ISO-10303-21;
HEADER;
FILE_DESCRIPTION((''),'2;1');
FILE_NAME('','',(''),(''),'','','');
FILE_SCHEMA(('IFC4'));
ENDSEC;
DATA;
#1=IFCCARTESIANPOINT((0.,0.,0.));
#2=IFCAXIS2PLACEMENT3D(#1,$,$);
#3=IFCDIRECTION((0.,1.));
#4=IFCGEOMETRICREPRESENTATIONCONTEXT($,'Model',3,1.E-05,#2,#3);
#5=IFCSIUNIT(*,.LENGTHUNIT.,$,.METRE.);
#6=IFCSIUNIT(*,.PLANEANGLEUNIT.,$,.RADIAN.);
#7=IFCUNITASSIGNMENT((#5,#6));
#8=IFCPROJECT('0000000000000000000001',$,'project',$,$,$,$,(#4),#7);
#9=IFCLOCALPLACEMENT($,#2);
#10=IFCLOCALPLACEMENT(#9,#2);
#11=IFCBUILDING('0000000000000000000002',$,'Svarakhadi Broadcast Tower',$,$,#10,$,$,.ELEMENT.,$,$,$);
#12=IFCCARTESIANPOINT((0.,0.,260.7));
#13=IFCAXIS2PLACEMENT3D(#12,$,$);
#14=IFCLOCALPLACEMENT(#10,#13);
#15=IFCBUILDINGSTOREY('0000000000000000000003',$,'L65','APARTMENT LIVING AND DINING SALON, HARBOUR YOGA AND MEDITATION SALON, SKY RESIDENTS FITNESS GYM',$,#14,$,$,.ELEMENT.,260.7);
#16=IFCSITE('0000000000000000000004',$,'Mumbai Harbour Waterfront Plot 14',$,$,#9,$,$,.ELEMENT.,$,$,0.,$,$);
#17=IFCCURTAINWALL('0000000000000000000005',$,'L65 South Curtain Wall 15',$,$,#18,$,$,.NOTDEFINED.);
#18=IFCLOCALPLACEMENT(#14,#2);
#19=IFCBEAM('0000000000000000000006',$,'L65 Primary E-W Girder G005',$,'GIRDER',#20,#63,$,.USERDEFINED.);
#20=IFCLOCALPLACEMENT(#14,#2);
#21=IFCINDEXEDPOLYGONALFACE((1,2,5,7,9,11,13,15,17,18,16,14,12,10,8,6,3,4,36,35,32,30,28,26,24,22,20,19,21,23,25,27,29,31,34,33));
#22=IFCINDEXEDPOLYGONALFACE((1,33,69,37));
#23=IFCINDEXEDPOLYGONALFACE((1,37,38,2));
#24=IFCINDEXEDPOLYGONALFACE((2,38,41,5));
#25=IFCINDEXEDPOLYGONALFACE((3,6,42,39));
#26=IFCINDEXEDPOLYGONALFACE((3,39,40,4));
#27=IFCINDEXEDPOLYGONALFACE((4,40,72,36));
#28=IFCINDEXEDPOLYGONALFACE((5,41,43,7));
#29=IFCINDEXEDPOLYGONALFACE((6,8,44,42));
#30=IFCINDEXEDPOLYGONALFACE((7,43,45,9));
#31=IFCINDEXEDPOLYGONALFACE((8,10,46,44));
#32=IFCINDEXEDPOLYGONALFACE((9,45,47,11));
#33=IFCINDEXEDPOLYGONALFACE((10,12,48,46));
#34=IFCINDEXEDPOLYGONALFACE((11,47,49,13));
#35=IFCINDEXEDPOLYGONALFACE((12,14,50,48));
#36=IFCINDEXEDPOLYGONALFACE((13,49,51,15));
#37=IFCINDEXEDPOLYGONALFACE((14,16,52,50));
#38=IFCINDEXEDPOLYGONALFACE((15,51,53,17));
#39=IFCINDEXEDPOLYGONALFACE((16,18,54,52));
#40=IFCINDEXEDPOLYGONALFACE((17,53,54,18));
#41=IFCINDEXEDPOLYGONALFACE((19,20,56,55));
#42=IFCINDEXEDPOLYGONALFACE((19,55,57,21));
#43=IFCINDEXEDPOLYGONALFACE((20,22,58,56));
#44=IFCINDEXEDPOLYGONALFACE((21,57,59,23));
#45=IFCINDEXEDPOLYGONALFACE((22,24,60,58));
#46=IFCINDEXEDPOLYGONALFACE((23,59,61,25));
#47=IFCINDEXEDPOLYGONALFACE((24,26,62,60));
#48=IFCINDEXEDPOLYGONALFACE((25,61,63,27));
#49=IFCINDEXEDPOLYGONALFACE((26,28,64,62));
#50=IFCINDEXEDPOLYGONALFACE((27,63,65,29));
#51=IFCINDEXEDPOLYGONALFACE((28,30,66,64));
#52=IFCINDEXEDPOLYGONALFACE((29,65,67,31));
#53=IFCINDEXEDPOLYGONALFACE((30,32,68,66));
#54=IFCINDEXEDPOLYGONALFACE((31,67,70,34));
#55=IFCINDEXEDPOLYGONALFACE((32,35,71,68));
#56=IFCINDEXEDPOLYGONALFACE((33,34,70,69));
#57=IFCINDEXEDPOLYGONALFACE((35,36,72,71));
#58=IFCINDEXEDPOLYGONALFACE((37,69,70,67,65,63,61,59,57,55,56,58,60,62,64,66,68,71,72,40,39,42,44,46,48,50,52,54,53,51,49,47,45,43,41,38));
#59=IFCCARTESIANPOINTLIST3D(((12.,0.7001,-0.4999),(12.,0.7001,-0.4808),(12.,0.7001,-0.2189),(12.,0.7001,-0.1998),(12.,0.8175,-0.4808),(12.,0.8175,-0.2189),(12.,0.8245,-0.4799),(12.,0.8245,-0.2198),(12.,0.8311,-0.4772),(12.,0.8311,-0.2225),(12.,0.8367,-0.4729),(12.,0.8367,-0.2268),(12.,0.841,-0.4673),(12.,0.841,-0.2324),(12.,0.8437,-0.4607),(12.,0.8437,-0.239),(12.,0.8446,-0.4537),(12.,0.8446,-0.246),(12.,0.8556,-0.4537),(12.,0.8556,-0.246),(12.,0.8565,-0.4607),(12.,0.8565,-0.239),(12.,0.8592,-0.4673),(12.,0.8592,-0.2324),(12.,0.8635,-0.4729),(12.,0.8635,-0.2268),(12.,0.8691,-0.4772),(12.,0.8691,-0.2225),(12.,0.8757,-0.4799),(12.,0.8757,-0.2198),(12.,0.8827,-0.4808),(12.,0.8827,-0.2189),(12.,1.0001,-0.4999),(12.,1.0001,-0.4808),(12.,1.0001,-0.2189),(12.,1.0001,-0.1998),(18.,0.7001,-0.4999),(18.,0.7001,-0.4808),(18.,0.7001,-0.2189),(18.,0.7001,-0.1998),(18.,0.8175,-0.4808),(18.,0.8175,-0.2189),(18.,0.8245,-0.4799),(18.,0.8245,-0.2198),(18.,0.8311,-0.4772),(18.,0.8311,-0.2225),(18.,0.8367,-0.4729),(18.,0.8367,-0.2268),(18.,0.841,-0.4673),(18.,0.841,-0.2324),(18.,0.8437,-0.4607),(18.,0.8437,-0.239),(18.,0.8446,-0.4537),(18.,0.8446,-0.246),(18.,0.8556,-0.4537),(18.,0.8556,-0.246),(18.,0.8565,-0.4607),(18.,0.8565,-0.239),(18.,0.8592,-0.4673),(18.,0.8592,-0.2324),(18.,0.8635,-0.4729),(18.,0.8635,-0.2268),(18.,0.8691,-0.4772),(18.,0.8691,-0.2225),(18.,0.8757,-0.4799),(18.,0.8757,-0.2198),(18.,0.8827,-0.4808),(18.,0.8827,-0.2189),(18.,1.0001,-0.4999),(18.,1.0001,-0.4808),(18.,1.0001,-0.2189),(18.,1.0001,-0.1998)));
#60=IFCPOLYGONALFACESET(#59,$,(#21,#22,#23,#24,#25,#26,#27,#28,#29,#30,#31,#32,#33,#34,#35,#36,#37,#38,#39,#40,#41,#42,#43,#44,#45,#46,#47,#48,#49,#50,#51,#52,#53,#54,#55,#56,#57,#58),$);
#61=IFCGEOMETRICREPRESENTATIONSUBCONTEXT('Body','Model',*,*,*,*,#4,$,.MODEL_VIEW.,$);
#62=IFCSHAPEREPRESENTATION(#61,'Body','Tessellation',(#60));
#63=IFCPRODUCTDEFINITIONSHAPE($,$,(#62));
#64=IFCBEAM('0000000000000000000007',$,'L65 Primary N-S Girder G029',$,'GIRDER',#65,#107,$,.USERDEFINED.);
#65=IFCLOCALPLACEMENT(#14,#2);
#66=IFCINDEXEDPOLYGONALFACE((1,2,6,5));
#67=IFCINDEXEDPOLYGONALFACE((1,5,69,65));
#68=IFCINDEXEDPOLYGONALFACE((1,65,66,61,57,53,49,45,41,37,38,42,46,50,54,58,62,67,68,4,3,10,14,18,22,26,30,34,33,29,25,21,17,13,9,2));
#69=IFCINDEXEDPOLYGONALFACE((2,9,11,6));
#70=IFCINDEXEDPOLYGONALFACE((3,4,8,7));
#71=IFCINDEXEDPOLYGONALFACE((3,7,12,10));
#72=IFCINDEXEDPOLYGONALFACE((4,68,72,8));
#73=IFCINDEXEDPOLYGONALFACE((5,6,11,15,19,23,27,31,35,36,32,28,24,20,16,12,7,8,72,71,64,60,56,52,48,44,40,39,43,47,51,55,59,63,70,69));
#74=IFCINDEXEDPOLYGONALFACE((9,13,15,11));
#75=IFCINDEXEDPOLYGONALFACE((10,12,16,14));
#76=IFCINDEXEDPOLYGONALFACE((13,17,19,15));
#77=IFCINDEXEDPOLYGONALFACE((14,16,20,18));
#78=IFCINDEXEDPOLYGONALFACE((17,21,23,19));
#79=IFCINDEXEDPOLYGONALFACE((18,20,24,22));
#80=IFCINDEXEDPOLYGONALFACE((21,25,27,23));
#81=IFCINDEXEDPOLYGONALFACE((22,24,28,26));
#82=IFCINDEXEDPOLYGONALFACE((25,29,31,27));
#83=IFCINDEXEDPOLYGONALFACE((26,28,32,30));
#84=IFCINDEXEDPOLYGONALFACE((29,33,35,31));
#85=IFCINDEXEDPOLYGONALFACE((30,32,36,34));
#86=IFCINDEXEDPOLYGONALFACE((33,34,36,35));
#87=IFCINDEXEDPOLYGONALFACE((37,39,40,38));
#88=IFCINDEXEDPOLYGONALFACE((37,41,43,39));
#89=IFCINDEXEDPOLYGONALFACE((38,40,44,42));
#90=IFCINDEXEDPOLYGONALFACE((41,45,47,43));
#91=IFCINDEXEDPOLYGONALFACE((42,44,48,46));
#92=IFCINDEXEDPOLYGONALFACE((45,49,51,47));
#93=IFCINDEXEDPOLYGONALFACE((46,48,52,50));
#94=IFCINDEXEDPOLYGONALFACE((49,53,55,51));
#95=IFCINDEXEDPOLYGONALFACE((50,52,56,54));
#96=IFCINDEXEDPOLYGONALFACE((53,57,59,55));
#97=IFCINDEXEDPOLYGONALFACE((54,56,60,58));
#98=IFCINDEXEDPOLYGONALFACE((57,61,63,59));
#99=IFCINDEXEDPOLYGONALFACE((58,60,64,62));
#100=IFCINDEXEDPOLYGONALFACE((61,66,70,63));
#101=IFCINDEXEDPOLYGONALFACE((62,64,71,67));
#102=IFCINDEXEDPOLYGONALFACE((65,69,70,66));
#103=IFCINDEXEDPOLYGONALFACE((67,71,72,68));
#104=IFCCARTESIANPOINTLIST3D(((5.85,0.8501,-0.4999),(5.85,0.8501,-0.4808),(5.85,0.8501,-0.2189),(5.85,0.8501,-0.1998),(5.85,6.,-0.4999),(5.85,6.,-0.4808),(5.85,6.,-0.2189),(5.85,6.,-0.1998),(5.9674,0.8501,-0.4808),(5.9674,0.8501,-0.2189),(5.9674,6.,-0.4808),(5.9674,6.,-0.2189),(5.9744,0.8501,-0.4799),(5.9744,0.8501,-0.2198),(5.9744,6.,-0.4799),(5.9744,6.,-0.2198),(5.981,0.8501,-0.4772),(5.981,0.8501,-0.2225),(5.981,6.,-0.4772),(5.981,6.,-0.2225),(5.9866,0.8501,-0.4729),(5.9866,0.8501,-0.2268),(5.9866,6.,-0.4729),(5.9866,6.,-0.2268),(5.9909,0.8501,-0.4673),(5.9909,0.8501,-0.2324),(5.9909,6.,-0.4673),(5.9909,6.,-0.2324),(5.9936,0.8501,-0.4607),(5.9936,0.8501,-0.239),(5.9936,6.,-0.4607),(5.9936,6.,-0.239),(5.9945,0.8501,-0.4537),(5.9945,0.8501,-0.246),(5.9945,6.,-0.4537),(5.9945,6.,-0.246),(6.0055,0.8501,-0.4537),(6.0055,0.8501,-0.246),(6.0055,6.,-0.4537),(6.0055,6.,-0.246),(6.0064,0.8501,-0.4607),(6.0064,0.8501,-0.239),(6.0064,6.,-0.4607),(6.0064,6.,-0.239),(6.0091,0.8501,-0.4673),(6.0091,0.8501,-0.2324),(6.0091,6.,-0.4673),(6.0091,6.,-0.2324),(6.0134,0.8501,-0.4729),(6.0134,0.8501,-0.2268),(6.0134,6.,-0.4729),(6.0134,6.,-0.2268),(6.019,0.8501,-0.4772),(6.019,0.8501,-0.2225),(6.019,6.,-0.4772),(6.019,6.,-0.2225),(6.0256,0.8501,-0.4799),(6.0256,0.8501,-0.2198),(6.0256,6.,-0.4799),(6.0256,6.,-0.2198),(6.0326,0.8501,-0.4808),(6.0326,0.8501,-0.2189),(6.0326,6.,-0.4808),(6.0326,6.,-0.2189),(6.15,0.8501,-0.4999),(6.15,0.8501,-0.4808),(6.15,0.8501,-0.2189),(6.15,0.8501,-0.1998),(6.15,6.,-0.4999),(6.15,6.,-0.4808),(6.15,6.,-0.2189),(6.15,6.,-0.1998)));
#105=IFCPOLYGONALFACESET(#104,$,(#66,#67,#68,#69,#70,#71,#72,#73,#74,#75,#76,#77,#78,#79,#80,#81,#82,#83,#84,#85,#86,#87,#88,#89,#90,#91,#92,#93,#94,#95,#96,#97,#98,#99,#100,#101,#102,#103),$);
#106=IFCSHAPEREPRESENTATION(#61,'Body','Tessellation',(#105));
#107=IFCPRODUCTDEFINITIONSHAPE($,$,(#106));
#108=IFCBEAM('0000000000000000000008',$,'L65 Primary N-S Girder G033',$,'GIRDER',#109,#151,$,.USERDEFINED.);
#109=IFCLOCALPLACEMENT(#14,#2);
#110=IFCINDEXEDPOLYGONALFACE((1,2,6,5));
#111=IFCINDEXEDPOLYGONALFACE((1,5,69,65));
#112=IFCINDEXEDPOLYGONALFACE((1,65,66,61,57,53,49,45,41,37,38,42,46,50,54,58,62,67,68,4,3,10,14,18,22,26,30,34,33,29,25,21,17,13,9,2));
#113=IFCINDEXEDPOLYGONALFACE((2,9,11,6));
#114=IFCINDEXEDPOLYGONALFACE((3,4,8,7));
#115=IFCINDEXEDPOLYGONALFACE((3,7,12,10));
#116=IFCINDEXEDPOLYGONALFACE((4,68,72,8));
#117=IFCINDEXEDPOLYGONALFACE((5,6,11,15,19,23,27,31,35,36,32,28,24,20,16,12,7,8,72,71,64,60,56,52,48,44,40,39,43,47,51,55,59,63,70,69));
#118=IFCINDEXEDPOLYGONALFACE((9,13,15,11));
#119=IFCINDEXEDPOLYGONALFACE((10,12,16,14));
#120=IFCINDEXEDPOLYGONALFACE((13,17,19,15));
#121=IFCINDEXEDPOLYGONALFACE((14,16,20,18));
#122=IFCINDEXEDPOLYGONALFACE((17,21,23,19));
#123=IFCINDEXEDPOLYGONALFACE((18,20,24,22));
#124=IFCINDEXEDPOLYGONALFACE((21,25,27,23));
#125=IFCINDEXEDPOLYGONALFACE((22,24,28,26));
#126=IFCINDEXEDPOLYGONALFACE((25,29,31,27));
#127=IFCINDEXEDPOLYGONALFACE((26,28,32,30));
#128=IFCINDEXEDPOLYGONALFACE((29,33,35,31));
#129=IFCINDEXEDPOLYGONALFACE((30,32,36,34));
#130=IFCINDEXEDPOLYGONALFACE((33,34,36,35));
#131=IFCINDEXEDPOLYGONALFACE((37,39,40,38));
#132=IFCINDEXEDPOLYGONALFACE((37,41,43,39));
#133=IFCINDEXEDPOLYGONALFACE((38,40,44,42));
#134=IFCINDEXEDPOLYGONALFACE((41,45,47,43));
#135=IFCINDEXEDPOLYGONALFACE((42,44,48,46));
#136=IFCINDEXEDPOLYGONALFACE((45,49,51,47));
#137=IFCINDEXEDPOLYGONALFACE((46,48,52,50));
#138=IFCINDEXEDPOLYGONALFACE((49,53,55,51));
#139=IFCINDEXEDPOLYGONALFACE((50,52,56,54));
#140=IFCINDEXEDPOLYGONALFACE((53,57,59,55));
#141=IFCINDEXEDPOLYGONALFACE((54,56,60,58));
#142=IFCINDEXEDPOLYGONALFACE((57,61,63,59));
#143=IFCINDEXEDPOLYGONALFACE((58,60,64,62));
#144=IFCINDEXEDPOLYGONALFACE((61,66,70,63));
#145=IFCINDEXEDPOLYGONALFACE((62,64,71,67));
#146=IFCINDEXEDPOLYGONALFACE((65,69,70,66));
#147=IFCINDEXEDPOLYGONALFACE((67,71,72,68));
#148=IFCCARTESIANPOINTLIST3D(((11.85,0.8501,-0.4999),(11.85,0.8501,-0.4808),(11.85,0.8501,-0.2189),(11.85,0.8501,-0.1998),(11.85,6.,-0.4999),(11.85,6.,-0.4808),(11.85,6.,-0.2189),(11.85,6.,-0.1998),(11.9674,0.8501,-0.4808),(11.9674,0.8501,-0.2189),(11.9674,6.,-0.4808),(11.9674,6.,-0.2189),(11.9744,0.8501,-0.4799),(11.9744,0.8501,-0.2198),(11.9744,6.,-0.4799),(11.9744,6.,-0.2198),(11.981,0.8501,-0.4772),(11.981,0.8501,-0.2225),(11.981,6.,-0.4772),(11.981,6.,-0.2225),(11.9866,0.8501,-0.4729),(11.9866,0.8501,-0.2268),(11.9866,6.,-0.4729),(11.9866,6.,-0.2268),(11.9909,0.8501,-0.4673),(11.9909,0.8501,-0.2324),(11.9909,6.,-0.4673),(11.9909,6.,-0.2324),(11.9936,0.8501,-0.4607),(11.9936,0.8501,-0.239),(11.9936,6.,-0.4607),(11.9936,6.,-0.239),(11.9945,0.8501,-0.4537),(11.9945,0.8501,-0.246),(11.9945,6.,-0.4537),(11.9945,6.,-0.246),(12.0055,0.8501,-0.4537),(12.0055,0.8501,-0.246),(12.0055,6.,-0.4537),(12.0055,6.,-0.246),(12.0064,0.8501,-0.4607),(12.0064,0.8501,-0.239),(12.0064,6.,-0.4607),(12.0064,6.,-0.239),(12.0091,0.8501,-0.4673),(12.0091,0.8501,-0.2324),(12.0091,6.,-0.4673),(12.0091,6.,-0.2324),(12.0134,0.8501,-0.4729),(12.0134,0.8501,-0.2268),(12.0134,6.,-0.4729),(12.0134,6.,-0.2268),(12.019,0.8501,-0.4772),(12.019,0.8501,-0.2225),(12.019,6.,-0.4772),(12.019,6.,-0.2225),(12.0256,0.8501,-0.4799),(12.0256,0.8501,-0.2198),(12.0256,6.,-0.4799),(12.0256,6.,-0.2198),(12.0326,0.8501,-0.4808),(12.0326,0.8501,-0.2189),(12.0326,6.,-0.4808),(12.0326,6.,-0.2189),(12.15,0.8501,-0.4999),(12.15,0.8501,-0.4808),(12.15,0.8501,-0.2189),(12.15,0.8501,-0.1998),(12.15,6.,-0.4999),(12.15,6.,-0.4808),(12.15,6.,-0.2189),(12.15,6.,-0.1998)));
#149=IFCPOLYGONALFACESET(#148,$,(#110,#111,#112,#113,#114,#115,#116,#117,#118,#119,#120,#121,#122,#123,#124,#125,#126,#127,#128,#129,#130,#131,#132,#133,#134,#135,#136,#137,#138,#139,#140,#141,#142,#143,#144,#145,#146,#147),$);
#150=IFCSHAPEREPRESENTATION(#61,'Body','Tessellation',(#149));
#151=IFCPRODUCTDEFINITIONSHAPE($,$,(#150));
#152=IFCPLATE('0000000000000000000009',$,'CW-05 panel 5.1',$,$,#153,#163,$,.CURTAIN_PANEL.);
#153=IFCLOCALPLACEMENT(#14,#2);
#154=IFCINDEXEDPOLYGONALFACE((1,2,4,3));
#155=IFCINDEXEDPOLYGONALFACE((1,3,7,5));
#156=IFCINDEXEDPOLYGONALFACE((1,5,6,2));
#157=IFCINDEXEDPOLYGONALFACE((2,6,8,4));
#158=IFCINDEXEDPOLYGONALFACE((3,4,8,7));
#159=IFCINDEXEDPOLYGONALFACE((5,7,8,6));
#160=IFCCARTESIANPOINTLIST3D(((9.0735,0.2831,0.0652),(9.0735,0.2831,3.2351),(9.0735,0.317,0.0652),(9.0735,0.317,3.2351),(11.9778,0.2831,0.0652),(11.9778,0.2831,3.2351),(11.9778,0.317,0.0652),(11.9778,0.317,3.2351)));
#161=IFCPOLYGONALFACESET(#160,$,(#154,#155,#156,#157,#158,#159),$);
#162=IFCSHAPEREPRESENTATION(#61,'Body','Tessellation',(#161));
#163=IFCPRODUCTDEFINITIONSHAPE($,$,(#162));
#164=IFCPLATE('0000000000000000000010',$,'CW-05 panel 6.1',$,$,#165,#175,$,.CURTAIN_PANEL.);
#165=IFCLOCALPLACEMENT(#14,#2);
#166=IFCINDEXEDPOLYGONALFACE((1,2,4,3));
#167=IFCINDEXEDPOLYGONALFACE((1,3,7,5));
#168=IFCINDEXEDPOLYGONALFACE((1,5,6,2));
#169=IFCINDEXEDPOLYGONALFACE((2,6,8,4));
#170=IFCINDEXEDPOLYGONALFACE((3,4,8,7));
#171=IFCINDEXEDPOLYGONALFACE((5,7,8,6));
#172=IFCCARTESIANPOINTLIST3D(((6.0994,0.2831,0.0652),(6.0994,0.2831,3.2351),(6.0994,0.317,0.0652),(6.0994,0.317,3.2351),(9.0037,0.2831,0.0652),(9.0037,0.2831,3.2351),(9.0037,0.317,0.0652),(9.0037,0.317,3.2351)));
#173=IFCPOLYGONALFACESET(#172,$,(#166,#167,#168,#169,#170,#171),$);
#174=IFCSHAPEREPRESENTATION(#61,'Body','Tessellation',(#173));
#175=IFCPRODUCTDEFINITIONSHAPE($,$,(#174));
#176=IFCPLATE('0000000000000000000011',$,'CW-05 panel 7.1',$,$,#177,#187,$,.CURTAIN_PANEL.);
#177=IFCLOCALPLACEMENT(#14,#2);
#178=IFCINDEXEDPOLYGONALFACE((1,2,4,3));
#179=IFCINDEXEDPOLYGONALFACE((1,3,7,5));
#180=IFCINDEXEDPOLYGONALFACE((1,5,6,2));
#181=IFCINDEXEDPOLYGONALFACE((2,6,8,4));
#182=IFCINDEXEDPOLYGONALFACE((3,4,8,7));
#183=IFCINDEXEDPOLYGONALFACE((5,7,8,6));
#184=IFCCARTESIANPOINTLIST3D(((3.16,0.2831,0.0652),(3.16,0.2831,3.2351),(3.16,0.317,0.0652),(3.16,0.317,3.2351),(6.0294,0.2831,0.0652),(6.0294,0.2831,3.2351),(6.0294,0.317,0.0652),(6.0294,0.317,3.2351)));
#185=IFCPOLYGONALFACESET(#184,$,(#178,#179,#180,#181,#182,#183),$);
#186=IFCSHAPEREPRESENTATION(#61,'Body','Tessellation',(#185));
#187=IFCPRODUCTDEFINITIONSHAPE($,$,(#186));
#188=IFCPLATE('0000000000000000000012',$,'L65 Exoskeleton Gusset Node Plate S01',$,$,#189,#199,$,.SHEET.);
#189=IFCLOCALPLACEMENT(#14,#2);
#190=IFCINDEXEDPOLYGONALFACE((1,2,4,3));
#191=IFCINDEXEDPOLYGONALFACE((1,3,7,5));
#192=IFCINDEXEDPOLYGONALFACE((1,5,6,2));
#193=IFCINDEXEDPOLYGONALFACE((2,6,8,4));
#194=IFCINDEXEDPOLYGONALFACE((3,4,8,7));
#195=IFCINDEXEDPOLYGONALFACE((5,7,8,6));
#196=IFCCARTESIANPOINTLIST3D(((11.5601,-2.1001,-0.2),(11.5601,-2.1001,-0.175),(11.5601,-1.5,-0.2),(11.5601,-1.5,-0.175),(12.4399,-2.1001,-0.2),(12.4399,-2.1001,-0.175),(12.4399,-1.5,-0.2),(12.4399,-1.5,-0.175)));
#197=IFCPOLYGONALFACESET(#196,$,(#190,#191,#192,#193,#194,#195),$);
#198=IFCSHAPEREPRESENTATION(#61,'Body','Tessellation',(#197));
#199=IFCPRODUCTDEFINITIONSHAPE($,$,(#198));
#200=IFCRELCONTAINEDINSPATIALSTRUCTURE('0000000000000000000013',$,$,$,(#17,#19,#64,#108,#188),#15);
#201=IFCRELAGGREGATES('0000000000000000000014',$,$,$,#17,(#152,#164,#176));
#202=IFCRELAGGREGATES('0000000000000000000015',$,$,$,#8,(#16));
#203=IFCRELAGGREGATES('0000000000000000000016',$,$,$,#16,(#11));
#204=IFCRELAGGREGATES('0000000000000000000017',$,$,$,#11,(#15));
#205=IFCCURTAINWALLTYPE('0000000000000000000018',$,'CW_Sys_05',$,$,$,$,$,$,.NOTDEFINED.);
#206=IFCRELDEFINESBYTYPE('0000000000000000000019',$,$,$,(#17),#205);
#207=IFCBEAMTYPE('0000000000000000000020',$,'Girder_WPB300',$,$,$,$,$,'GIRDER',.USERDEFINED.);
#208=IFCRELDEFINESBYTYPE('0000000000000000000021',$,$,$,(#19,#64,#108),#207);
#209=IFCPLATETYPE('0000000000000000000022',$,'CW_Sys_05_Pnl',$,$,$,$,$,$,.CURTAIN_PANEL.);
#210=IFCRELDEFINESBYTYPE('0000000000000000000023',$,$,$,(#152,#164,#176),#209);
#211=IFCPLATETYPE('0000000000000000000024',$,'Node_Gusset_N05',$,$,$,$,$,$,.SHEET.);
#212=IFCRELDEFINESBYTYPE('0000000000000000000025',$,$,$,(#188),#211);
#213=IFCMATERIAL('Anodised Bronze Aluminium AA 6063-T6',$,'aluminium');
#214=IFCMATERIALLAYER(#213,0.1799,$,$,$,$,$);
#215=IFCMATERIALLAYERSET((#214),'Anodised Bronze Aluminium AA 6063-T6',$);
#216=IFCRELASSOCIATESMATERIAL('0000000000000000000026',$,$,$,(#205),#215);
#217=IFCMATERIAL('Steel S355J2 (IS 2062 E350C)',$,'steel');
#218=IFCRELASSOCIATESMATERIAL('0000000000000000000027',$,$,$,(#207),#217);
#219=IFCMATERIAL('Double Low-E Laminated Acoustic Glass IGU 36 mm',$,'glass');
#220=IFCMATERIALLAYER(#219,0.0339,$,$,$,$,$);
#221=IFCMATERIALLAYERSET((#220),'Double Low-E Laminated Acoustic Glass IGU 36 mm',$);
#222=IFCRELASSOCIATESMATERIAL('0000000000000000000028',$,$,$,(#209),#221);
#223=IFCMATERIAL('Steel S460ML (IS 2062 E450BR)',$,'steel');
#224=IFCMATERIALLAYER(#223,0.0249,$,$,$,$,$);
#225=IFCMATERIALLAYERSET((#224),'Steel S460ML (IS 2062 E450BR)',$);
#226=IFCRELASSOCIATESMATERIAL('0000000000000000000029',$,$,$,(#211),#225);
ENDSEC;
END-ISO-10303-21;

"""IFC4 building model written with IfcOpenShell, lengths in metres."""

from ifc_helpers import new_model, si_unit, direction, frame, origin, origin_2d, place, context, subcontext, project, spatial, rectangle, i_section, extrude, material, layer, layer_set, material_profile, profile_set, type_object, element, aggregate, save


model = new_model("IFC4")

# Units and contexts
model_context = context("Model", 3, precision=1e-05, world=origin(), true_north=direction((0.0, 1.0)))
body_context = subcontext(model_context, "Body", "Model", "MODEL_VIEW")
ifc_project = project(units=[si_unit("LENGTHUNIT", "METRE"), si_unit("PLANEANGLEUNIT", "RADIAN")], contexts=[model_context])

# Site, building, storey
site_placement = place(None, origin())
site = spatial("IfcSite", under=ifc_project, at=site_placement, Name="Mumbai Harbour Waterfront Plot 14", CompositionType="ELEMENT", RefElevation=0.0)
building_placement = place(site_placement, origin())
building = spatial("IfcBuilding", under=site, at=building_placement, Name="Svarakhadi Broadcast Tower", CompositionType="ELEMENT")
storey_placement = place(building_placement, frame((0.0, 0.0, 260.7)))
storey = spatial("IfcBuildingStorey", under=building, at=storey_placement, Name="L65", Description="APARTMENT LIVING AND DINING SALON, HARBOUR YOGA AND MEDITATION SALON, SKY RESIDENTS FITNESS GYM", CompositionType="ELEMENT", Elevation=260.7)

# Shared definitions
ifc_material_1 = material(Name="Steel S460ML (IS 2062 E450BR)", Category="steel")

# Curtain wall
ifc_material_2 = material(Name="Anodised Bronze Aluminium AA 6063-T6", Category="aluminium")
ifc_layer_1 = layer(ifc_material_2, 0.1799)
ifc_layer_set_1 = layer_set([ifc_layer_1], Name="Anodised Bronze Aluminium AA 6063-T6")
curtain_wall_type = type_object("IfcCurtainWallType", Name="CW_Sys_05", PredefinedType="NOTDEFINED", material=ifc_layer_set_1)
curtain_wall_placement = place(storey_placement, origin())
curtain_wall = element("IfcCurtainWall", 1, at=curtain_wall_placement, inside=storey, type_object=curtain_wall_type, Name="L65 South Curtain Wall 15", PredefinedType="NOTDEFINED")

# Beams
ifc_material_3 = material(Name="Steel S355J2 (IS 2062 E350C)", Category="steel")
ifc_material_profile_1 = material_profile(ifc_material_3, i_section(OverallWidth=0.3, OverallDepth=0.3, WebThickness=0.011, FlangeThickness=0.019, FilletRadius=0.0271, at=origin_2d()), Name="WPB 300x300x117")
ifc_profile_set_1 = profile_set([ifc_material_profile_1], Name="Steel S355J2 (IS 2062 E350C)")
beam_type = type_object("IfcBeamType", Name="Girder_WPB300", ElementType="GIRDER", PredefinedType="USERDEFINED", material=ifc_profile_set_1)
for number, where, z_axis, x_axis, name in (
    (2, (12.0, 0.8501, -0.3499), (1.0, 0.0, 0.0), (0.0, 1.0, 0.0), "L65 Primary E-W Girder G005"),
):
    element("IfcBeam", number, at=place(storey_placement, frame(where, z_axis=z_axis, x_axis=x_axis)), inside=storey, type_object=beam_type, Name=name, ObjectType="GIRDER", PredefinedType="USERDEFINED", context=body_context, shape_type="SweptSolid", body=[
        extrude(i_section(OverallWidth=0.3, OverallDepth=0.3, WebThickness=0.011, FlangeThickness=0.019, FilletRadius=0.0271, at=origin_2d()), origin(), (0.0, 0.0, 1.0), 6.0),
    ])
for number, where, z_axis, x_axis, name in (
    (3, (6.0, 0.8501, -0.3499), (0.0, 1.0, 0.0), (-1.0, 0.0, 0.0), "L65 Primary N-S Girder G029"),
    (4, (12.0, 0.8501, -0.3499), (0.0, 1.0, 0.0), (-1.0, 0.0, 0.0), "L65 Primary N-S Girder G033"),
):
    element("IfcBeam", number, at=place(storey_placement, frame(where, z_axis=z_axis, x_axis=x_axis)), inside=storey, type_object=beam_type, Name=name, ObjectType="GIRDER", PredefinedType="USERDEFINED", context=body_context, shape_type="SweptSolid", body=[
        extrude(i_section(OverallWidth=0.3, OverallDepth=0.3, WebThickness=0.011, FlangeThickness=0.019, FilletRadius=0.0271, at=origin_2d()), origin(), (0.0, 0.0, 1.0), 5.1499),
    ])

# Plates
ifc_material_4 = material(Name="Double Low-E Laminated Acoustic Glass IGU 36 mm", Category="glass")
ifc_layer_2 = layer(ifc_material_4, 0.0339)
ifc_layer_set_2 = layer_set([ifc_layer_2], Name="Double Low-E Laminated Acoustic Glass IGU 36 mm")
plate_type_1 = type_object("IfcPlateType", Name="CW_Sys_05_Pnl", PredefinedType="CURTAIN_PANEL", material=ifc_layer_set_2)
plate_1_placement = place(storey_placement, frame((10.5256, 0.3, 0.0652), z_axis=(0.0, 0.0, 1.0), x_axis=(-1.0, 0.0, 0.0)))
plate_1 = element("IfcPlate", 5, at=plate_1_placement, type_object=plate_type_1, Name="CW-05 panel 5.1", PredefinedType="CURTAIN_PANEL", context=body_context, shape_type="SweptSolid", body=[
    extrude(rectangle(XDim=2.9043, YDim=0.0339, at=origin_2d()), origin(), (0.0, 0.0, 1.0), 3.1699),
])
plate_2_placement = place(storey_placement, frame((7.5515, 0.3, 0.0652), z_axis=(0.0, 0.0, 1.0), x_axis=(-1.0, 0.0, 0.0)))
plate_2 = element("IfcPlate", 6, at=plate_2_placement, type_object=plate_type_1, Name="CW-05 panel 6.1", PredefinedType="CURTAIN_PANEL", context=body_context, shape_type="SweptSolid", body=[
    extrude(rectangle(XDim=2.9043, YDim=0.0339, at=origin_2d()), origin(), (0.0, 0.0, 1.0), 3.1699),
])
plate_3_placement = place(storey_placement, frame((4.5947, 0.3, 0.0652), z_axis=(0.0, 0.0, 1.0), x_axis=(-1.0, 0.0, 0.0)))
plate_3 = element("IfcPlate", 7, at=plate_3_placement, type_object=plate_type_1, Name="CW-05 panel 7.1", PredefinedType="CURTAIN_PANEL", context=body_context, shape_type="SweptSolid", body=[
    extrude(rectangle(XDim=2.8694, YDim=0.0339, at=origin_2d()), origin(), (0.0, 0.0, 1.0), 3.1699),
])
aggregate(curtain_wall, [plate_1, plate_2, plate_3])
ifc_layer_3 = layer(ifc_material_1, 0.0249)
ifc_layer_set_3 = layer_set([ifc_layer_3], Name="Steel S460ML (IS 2062 E450BR)")
plate_type_2 = type_object("IfcPlateType", Name="Node_Gusset_N05", PredefinedType="SHEET", material=ifc_layer_set_3)
plate_4_placement = place(storey_placement, frame((12.0, -1.8, -0.2), z_axis=(0.0, 0.0, 1.0), x_axis=(1.0, 0.0, 0.0)))
element("IfcPlate", 8, at=plate_4_placement, inside=storey, type_object=plate_type_2, Name="L65 Exoskeleton Gusset Node Plate S01", PredefinedType="SHEET", context=body_context, shape_type="SweptSolid", body=[
    extrude(rectangle(XDim=0.8799, YDim=0.6001, at=origin_2d()), origin(), (0.0, 0.0, 1.0), 0.0249),
])

save(model, "model.ifc")
